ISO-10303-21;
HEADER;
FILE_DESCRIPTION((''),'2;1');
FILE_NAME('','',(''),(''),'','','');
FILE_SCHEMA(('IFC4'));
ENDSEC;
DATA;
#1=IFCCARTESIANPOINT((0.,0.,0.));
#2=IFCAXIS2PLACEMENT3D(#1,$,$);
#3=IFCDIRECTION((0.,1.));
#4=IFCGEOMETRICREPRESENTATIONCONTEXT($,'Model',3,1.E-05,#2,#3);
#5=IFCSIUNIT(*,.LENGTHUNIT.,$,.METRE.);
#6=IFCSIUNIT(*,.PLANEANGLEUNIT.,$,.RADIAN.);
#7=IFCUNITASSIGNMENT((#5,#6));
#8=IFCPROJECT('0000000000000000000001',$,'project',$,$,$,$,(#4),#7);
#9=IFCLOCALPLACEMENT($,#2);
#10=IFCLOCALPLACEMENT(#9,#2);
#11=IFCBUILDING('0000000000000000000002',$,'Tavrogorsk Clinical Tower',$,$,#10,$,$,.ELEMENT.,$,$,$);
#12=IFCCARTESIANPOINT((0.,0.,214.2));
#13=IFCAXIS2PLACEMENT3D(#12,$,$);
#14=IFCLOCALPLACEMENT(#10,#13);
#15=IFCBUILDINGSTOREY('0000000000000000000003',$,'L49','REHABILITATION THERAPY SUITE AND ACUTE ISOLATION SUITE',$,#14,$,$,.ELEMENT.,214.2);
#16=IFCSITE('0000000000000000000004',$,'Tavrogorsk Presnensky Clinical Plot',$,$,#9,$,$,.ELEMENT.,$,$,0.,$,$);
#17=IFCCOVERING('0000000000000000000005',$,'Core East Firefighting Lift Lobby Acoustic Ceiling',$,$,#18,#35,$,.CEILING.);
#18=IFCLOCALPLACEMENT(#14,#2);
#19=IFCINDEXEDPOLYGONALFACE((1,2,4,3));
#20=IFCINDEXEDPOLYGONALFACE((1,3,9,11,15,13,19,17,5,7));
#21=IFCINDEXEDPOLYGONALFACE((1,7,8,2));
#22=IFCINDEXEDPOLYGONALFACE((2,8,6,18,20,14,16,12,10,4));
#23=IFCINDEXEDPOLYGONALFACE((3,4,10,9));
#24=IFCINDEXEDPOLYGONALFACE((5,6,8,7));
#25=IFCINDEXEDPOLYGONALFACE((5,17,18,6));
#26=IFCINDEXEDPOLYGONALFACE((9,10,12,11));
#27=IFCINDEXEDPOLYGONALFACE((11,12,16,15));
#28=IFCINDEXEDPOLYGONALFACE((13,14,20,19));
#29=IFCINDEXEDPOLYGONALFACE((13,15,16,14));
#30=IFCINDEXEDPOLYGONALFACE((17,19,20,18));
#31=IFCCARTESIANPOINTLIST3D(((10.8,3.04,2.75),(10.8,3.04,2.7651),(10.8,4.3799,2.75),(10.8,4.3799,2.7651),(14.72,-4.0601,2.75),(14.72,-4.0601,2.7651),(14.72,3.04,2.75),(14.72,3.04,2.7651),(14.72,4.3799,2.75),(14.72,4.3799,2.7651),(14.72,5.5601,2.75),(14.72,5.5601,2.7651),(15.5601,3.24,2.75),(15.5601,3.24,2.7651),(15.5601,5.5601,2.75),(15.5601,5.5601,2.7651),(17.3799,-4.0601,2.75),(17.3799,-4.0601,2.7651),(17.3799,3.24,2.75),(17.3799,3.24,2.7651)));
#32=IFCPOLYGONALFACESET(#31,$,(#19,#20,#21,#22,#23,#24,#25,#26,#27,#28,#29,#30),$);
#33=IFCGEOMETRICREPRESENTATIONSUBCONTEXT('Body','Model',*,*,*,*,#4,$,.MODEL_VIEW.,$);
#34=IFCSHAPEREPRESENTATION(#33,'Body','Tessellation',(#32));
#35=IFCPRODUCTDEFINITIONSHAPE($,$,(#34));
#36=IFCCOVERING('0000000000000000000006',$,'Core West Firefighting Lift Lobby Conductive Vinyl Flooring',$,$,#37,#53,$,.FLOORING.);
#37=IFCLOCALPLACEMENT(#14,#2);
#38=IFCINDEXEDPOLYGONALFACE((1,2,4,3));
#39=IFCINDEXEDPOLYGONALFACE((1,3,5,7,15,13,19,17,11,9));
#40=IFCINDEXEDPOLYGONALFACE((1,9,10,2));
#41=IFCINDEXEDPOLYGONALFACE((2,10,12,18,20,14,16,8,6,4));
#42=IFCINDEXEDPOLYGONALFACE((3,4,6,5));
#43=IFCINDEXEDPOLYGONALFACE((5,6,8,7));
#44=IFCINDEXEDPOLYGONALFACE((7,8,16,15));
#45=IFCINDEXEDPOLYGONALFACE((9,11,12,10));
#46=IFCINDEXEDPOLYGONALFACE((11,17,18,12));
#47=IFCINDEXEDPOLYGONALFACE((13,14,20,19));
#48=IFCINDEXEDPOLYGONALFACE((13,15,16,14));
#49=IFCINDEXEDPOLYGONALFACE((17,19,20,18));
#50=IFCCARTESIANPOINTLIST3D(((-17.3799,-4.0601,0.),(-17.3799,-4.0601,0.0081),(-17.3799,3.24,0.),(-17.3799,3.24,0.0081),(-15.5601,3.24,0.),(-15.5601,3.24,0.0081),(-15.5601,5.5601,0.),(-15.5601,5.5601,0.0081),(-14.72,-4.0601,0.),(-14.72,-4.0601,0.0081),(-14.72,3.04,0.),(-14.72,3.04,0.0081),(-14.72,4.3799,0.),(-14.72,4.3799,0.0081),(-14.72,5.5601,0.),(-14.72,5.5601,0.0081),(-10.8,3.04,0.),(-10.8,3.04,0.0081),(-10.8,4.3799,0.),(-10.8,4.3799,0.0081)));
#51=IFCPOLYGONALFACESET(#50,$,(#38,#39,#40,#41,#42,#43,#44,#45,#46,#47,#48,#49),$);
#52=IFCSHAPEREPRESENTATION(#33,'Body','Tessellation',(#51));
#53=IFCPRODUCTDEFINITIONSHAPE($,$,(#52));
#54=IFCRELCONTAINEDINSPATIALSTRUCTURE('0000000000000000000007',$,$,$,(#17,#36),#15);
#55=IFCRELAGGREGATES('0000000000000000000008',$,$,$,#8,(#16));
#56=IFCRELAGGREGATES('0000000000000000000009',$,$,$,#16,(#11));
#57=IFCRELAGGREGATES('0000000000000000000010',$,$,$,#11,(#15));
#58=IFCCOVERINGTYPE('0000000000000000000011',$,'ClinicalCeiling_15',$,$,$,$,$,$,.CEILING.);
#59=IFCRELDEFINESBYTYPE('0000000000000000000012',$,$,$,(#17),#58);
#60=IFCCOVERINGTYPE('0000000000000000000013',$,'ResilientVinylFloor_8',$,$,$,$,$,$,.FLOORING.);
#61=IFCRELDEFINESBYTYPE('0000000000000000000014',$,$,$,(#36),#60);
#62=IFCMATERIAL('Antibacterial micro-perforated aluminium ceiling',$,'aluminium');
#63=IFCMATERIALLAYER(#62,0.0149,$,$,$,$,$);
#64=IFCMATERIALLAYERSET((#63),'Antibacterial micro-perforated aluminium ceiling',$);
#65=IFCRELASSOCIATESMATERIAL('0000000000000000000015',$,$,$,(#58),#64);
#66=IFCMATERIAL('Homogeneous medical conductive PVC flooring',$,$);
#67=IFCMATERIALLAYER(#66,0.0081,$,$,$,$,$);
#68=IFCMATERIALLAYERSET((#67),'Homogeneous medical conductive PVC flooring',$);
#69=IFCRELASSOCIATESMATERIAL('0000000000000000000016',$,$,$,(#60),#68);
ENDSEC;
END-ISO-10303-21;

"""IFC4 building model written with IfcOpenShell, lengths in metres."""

from ifc_helpers import new_model, si_unit, direction, frame, origin, place, context, subcontext, project, spatial, polyline, outline, extrude, material, layer, layer_set, type_object, element, save


model = new_model("IFC4")

# Units and contexts
model_context = context("Model", 3, precision=1e-05, world=origin(), true_north=direction((0.0, 1.0)))
body_context = subcontext(model_context, "Body", "Model", "MODEL_VIEW")
ifc_project = project(units=[si_unit("LENGTHUNIT", "METRE"), si_unit("PLANEANGLEUNIT", "RADIAN")], contexts=[model_context])

# Site, building, storey
site_placement = place(None, origin())
site = spatial("IfcSite", under=ifc_project, at=site_placement, Name="Tavrogorsk Presnensky Clinical Plot", CompositionType="ELEMENT", RefElevation=0.0)
building_placement = place(site_placement, origin())
building = spatial("IfcBuilding", under=site, at=building_placement, Name="Tavrogorsk Clinical Tower", CompositionType="ELEMENT")
storey_placement = place(building_placement, frame((0.0, 0.0, 214.2)))
storey = spatial("IfcBuildingStorey", under=building, at=storey_placement, Name="L49", Description="REHABILITATION THERAPY SUITE AND ACUTE ISOLATION SUITE", CompositionType="ELEMENT", Elevation=214.2)

# Coverings
ifc_material_1 = material(Name="Antibacterial micro-perforated aluminium ceiling", Category="aluminium")
ifc_layer_1 = layer(ifc_material_1, 0.0149)
ifc_layer_set_1 = layer_set([ifc_layer_1], Name="Antibacterial micro-perforated aluminium ceiling")
covering_type_1 = type_object("IfcCoveringType", Name="ClinicalCeiling_15", PredefinedType="CEILING", material=ifc_layer_set_1)
covering_1_placement = place(storey_placement, frame((0.0, 0.0, 2.75)))
element("IfcCovering", 1, at=covering_1_placement, inside=storey, type_object=covering_type_1, Name="Core East Firefighting Lift Lobby Acoustic Ceiling", PredefinedType="CEILING", context=body_context, shape_type="SweptSolid", body=[
    extrude(outline(polyline([(14.72, -4.0601), (14.72, 3.04), (10.8, 3.04), (10.8, 4.3799), (14.72, 4.3799), (14.72, 5.5601), (15.5601, 5.5601), (15.5601, 3.24), (17.3799, 3.24), (17.3799, -4.0601), (14.72, -4.0601)])), origin(), (0.0, 0.0, 1.0), 0.0151),
])
ifc_material_2 = material(Name="Homogeneous medical conductive PVC flooring")
ifc_layer_2 = layer(ifc_material_2, 0.0081)
ifc_layer_set_2 = layer_set([ifc_layer_2], Name="Homogeneous medical conductive PVC flooring")
covering_type_2 = type_object("IfcCoveringType", Name="ResilientVinylFloor_8", PredefinedType="FLOORING", material=ifc_layer_set_2)
covering_2_placement = place(storey_placement, origin())
element("IfcCovering", 2, at=covering_2_placement, inside=storey, type_object=covering_type_2, Name="Core West Firefighting Lift Lobby Conductive Vinyl Flooring", PredefinedType="FLOORING", context=body_context, shape_type="SweptSolid", body=[
    extrude(outline(polyline([(-14.72, 4.3799), (-10.8, 4.3799), (-10.8, 3.04), (-14.72, 3.04), (-14.72, -4.0601), (-17.3799, -4.0601), (-17.3799, 3.24), (-15.5601, 3.24), (-15.5601, 5.5601), (-14.72, 5.5601), (-14.72, 4.3799)])), origin(), (0.0, 0.0, 1.0), 0.0081),
])

save(model, "model.ifc")
